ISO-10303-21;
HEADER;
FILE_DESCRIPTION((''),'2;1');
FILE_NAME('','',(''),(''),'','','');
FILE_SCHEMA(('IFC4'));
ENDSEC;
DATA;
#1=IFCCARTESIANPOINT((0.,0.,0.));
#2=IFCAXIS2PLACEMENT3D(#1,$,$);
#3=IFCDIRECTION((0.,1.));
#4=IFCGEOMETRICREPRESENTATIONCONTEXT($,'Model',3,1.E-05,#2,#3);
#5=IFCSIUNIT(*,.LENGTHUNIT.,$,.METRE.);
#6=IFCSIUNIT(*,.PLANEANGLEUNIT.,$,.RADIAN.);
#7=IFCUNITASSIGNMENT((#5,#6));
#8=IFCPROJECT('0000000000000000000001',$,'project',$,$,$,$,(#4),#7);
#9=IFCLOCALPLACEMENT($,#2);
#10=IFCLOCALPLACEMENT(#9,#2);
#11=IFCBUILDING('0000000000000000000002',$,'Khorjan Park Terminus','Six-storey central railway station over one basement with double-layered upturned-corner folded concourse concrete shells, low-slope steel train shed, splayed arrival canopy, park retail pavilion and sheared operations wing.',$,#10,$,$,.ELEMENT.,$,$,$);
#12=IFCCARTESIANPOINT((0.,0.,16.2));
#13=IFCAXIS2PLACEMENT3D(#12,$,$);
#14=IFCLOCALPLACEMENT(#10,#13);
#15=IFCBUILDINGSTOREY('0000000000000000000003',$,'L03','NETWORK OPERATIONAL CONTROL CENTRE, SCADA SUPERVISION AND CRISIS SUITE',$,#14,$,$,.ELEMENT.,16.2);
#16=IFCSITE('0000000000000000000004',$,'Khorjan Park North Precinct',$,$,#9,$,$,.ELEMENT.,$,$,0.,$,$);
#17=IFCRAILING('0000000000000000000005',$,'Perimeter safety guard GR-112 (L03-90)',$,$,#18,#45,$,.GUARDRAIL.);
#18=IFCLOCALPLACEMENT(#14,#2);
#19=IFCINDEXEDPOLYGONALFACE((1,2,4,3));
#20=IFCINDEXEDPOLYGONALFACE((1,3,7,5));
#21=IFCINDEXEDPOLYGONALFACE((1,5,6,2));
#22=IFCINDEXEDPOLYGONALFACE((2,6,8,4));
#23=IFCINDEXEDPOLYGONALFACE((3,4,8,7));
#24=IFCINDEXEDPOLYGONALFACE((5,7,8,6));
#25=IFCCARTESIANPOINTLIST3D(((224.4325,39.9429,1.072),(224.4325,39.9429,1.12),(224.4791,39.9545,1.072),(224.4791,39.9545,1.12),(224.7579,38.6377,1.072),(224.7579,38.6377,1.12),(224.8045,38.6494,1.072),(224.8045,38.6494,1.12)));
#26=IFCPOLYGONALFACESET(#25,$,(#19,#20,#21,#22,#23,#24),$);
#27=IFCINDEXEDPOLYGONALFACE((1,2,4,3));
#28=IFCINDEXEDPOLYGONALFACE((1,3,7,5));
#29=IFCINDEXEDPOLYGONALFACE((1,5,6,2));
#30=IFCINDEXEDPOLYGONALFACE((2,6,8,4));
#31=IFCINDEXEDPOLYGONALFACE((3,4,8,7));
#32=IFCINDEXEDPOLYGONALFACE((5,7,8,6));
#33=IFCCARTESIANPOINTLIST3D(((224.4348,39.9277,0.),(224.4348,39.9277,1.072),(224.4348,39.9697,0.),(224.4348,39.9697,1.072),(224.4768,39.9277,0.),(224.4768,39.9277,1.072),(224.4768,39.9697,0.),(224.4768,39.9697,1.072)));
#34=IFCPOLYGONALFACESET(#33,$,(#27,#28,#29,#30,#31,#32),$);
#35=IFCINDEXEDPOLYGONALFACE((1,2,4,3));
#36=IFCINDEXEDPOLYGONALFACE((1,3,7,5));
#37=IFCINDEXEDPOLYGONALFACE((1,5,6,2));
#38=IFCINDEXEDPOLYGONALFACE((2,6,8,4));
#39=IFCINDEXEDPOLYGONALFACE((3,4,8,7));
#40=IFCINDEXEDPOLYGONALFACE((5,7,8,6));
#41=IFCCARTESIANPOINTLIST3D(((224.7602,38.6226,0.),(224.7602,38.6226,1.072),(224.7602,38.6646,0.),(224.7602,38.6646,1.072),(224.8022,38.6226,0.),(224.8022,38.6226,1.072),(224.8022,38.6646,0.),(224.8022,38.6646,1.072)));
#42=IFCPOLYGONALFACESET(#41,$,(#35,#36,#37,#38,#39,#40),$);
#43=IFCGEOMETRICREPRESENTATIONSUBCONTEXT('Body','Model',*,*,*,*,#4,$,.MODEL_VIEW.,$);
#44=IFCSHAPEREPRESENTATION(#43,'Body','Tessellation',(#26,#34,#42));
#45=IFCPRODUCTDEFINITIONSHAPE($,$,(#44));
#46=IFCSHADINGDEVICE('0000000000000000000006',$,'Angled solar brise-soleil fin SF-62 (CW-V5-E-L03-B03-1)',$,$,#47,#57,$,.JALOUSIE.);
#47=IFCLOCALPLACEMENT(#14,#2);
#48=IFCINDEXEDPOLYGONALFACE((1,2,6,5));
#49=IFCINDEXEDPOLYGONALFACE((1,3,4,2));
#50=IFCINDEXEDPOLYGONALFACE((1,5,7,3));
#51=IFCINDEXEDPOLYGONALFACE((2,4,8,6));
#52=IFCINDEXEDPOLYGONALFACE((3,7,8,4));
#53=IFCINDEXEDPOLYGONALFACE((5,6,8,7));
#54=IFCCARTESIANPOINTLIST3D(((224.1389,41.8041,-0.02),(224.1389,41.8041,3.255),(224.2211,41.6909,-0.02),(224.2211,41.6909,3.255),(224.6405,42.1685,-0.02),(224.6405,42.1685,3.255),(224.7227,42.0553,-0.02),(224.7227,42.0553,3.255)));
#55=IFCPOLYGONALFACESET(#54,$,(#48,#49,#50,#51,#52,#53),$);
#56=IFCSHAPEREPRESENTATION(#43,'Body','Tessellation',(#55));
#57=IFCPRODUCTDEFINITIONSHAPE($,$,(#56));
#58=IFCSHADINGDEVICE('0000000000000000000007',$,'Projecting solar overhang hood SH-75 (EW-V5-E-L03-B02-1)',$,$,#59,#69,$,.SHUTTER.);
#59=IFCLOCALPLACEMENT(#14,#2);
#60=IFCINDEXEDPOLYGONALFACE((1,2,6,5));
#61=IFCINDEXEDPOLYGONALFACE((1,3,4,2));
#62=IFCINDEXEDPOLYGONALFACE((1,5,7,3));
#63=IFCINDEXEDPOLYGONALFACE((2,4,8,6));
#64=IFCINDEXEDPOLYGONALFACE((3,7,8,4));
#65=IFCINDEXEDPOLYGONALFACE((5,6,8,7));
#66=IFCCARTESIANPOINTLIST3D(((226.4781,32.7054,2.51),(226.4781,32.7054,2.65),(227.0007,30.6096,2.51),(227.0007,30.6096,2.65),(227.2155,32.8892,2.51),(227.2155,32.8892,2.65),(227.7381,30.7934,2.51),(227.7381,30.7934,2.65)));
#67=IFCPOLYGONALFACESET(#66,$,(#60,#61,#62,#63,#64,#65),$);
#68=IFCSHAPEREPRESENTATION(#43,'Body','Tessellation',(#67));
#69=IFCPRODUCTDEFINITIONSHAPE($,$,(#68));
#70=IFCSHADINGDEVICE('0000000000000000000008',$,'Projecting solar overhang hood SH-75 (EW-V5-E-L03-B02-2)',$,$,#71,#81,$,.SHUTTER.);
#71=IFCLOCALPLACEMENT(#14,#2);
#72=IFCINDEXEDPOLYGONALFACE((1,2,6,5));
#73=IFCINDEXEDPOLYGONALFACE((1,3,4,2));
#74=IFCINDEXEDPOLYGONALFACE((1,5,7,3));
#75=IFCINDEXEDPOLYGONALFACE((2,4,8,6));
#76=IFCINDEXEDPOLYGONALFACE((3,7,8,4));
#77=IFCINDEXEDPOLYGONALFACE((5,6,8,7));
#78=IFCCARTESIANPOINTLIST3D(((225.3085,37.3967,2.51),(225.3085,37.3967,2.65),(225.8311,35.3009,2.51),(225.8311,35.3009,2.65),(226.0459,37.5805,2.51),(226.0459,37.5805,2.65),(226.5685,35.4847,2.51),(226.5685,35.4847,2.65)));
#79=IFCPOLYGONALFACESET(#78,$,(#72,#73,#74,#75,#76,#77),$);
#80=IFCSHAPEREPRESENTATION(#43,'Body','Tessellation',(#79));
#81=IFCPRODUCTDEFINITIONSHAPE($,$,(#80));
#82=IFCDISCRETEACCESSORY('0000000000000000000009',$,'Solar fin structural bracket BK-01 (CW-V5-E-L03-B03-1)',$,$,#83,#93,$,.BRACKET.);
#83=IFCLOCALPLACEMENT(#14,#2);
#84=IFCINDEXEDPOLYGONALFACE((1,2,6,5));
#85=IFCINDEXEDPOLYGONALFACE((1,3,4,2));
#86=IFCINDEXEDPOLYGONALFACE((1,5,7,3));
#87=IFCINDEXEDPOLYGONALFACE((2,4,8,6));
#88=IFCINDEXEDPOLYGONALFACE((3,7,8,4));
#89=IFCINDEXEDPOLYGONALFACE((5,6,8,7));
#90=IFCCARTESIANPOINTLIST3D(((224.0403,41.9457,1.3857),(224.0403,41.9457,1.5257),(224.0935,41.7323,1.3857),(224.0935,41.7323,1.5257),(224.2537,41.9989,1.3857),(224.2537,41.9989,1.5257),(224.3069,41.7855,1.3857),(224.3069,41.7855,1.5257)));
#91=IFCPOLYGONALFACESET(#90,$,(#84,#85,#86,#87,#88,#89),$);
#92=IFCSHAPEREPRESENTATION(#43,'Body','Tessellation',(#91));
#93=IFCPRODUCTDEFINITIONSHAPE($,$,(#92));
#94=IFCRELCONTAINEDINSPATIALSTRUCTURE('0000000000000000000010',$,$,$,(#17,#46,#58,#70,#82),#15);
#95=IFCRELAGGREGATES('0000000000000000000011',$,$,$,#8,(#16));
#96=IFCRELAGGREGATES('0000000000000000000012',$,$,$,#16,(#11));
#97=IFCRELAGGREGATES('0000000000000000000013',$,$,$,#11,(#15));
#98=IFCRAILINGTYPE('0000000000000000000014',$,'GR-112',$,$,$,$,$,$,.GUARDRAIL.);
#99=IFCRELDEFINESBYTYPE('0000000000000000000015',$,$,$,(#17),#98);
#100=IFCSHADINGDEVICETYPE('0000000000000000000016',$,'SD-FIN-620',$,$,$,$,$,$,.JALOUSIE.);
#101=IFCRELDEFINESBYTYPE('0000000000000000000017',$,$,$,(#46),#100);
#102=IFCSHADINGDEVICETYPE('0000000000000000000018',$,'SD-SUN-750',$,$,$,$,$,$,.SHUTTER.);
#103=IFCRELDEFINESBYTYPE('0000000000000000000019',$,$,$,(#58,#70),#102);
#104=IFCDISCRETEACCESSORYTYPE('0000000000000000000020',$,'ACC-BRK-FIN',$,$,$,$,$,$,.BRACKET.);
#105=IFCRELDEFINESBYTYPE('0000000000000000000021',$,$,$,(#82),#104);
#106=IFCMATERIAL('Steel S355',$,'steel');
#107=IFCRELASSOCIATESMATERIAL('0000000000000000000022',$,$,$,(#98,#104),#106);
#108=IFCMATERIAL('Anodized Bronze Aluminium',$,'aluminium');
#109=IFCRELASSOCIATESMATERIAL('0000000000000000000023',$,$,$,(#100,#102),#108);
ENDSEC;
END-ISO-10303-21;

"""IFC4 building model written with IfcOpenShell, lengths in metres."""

from ifc_helpers import new_model, si_unit, direction, frame, origin, origin_2d, place, context, subcontext, project, spatial, rectangle, extrude, material, type_object, element, save


model = new_model("IFC4")

# Units and contexts
model_context = context("Model", 3, precision=1e-05, world=origin(), true_north=direction((0.0, 1.0)))
body_context = subcontext(model_context, "Body", "Model", "MODEL_VIEW")
ifc_project = project(units=[si_unit("LENGTHUNIT", "METRE"), si_unit("PLANEANGLEUNIT", "RADIAN")], contexts=[model_context])

# Site, building, storey
site_placement = place(None, origin())
site = spatial("IfcSite", under=ifc_project, at=site_placement, Name="Khorjan Park North Precinct", CompositionType="ELEMENT", RefElevation=0.0)
building_placement = place(site_placement, origin())
building = spatial("IfcBuilding", under=site, at=building_placement, Name="Khorjan Park Terminus", Description="Six-storey central railway station over one basement with double-layered upturned-corner folded concourse concrete shells, low-slope steel train shed, splayed arrival canopy, park retail pavilion and sheared operations wing.", CompositionType="ELEMENT")
storey_placement = place(building_placement, frame((0.0, 0.0, 16.2)))
storey = spatial("IfcBuildingStorey", under=building, at=storey_placement, Name="L03", Description="NETWORK OPERATIONAL CONTROL CENTRE, SCADA SUPERVISION AND CRISIS SUITE", CompositionType="ELEMENT", Elevation=16.2)

# Shared definitions
ifc_material_1 = material(Name="Steel S355", Category="steel")

# Shared definitions
ifc_material_2 = material(Name="Anodized Bronze Aluminium", Category="aluminium")

# Railing
railing_type = type_object("IfcRailingType", Name="GR-112", PredefinedType="GUARDRAIL", material=ifc_material_1)
railing_placement = place(storey_placement, frame((224.4558, 39.9487, 0.0)))
element("IfcRailing", 1, at=railing_placement, inside=storey, type_object=railing_type, Name="Perimeter safety guard GR-112 (L03-90)", PredefinedType="GUARDRAIL", context=body_context, shape_type="SweptSolid", body=[
    extrude(rectangle(XDim=0.048, YDim=0.048, at=origin_2d()), frame((0.0, 0.0, 1.096), z_axis=(0.241923, -0.970295, 0.0), x_axis=(0.970295, 0.241923, 0.0)), (0.0, 0.0, 1.0), 1.3451),
    extrude(rectangle(XDim=0.042, YDim=0.042, at=origin_2d()), origin(), (0.0, 0.0, 1.0), 1.072),
    extrude(rectangle(XDim=0.042, YDim=0.042, at=origin_2d()), frame((0.3254, -1.3051, 0.0)), (0.0, 0.0, 1.0), 1.072),
])

# Shading devices
shading_device_type_1 = type_object("IfcShadingDeviceType", Name="SD-FIN-620", PredefinedType="JALOUSIE", material=ifc_material_2)
shading_device_placement = place(storey_placement, frame((224.4308, 41.9297, -0.02), z_axis=(0.0, 0.0, 1.0), x_axis=(-0.809017, -0.587785, 0.0)))
element("IfcShadingDevice", 2, at=shading_device_placement, inside=storey, type_object=shading_device_type_1, Name="Angled solar brise-soleil fin SF-62 (CW-V5-E-L03-B03-1)", PredefinedType="JALOUSIE", context=body_context, shape_type="SweptSolid", body=[
    extrude(rectangle(XDim=0.62, YDim=0.14, at=origin_2d()), origin(), (0.0, 0.0, 1.0), 3.275),
])
shading_device_type_2 = type_object("IfcShadingDeviceType", Name="SD-SUN-750", PredefinedType="SHUTTER", material=ifc_material_2)
for number, where, z_axis, x_axis, name in (
    (3, (227.1081, 31.7494, 2.51), (0.0, 0.0, 1.0), (-0.24192, 0.970296, 0.0), "Projecting solar overhang hood SH-75 (EW-V5-E-L03-B02-1)"),
    (4, (225.9385, 36.4407, 2.51), (0.0, 0.0, 1.0), (-0.24192, 0.970296, 0.0), "Projecting solar overhang hood SH-75 (EW-V5-E-L03-B02-2)"),
):
    element("IfcShadingDevice", number, at=place(storey_placement, frame(where, z_axis=z_axis, x_axis=x_axis)), inside=storey, type_object=shading_device_type_2, Name=name, PredefinedType="SHUTTER", context=body_context, shape_type="SweptSolid", body=[
        extrude(rectangle(XDim=2.16, YDim=0.76, at=origin_2d()), origin(), (0.0, 0.0, 1.0), 0.14),
    ])

# Discrete accessory
discrete_accessory_type = type_object("IfcDiscreteAccessoryType", Name="ACC-BRK-FIN", PredefinedType="BRACKET", material=ifc_material_1)
discrete_accessory_placement = place(storey_placement, frame((224.1736, 41.8656, 1.3857), z_axis=(0.0, 0.0, 1.0), x_axis=(-0.241923, 0.970295, 0.0)))
element("IfcDiscreteAccessory", 5, at=discrete_accessory_placement, inside=storey, type_object=discrete_accessory_type, Name="Solar fin structural bracket BK-01 (CW-V5-E-L03-B03-1)", PredefinedType="BRACKET", context=body_context, shape_type="SweptSolid", body=[
    extrude(rectangle(XDim=0.22, YDim=0.22, at=origin_2d()), origin(), (0.0, 0.0, 1.0), 0.14),
])

save(model, "model.ifc")
